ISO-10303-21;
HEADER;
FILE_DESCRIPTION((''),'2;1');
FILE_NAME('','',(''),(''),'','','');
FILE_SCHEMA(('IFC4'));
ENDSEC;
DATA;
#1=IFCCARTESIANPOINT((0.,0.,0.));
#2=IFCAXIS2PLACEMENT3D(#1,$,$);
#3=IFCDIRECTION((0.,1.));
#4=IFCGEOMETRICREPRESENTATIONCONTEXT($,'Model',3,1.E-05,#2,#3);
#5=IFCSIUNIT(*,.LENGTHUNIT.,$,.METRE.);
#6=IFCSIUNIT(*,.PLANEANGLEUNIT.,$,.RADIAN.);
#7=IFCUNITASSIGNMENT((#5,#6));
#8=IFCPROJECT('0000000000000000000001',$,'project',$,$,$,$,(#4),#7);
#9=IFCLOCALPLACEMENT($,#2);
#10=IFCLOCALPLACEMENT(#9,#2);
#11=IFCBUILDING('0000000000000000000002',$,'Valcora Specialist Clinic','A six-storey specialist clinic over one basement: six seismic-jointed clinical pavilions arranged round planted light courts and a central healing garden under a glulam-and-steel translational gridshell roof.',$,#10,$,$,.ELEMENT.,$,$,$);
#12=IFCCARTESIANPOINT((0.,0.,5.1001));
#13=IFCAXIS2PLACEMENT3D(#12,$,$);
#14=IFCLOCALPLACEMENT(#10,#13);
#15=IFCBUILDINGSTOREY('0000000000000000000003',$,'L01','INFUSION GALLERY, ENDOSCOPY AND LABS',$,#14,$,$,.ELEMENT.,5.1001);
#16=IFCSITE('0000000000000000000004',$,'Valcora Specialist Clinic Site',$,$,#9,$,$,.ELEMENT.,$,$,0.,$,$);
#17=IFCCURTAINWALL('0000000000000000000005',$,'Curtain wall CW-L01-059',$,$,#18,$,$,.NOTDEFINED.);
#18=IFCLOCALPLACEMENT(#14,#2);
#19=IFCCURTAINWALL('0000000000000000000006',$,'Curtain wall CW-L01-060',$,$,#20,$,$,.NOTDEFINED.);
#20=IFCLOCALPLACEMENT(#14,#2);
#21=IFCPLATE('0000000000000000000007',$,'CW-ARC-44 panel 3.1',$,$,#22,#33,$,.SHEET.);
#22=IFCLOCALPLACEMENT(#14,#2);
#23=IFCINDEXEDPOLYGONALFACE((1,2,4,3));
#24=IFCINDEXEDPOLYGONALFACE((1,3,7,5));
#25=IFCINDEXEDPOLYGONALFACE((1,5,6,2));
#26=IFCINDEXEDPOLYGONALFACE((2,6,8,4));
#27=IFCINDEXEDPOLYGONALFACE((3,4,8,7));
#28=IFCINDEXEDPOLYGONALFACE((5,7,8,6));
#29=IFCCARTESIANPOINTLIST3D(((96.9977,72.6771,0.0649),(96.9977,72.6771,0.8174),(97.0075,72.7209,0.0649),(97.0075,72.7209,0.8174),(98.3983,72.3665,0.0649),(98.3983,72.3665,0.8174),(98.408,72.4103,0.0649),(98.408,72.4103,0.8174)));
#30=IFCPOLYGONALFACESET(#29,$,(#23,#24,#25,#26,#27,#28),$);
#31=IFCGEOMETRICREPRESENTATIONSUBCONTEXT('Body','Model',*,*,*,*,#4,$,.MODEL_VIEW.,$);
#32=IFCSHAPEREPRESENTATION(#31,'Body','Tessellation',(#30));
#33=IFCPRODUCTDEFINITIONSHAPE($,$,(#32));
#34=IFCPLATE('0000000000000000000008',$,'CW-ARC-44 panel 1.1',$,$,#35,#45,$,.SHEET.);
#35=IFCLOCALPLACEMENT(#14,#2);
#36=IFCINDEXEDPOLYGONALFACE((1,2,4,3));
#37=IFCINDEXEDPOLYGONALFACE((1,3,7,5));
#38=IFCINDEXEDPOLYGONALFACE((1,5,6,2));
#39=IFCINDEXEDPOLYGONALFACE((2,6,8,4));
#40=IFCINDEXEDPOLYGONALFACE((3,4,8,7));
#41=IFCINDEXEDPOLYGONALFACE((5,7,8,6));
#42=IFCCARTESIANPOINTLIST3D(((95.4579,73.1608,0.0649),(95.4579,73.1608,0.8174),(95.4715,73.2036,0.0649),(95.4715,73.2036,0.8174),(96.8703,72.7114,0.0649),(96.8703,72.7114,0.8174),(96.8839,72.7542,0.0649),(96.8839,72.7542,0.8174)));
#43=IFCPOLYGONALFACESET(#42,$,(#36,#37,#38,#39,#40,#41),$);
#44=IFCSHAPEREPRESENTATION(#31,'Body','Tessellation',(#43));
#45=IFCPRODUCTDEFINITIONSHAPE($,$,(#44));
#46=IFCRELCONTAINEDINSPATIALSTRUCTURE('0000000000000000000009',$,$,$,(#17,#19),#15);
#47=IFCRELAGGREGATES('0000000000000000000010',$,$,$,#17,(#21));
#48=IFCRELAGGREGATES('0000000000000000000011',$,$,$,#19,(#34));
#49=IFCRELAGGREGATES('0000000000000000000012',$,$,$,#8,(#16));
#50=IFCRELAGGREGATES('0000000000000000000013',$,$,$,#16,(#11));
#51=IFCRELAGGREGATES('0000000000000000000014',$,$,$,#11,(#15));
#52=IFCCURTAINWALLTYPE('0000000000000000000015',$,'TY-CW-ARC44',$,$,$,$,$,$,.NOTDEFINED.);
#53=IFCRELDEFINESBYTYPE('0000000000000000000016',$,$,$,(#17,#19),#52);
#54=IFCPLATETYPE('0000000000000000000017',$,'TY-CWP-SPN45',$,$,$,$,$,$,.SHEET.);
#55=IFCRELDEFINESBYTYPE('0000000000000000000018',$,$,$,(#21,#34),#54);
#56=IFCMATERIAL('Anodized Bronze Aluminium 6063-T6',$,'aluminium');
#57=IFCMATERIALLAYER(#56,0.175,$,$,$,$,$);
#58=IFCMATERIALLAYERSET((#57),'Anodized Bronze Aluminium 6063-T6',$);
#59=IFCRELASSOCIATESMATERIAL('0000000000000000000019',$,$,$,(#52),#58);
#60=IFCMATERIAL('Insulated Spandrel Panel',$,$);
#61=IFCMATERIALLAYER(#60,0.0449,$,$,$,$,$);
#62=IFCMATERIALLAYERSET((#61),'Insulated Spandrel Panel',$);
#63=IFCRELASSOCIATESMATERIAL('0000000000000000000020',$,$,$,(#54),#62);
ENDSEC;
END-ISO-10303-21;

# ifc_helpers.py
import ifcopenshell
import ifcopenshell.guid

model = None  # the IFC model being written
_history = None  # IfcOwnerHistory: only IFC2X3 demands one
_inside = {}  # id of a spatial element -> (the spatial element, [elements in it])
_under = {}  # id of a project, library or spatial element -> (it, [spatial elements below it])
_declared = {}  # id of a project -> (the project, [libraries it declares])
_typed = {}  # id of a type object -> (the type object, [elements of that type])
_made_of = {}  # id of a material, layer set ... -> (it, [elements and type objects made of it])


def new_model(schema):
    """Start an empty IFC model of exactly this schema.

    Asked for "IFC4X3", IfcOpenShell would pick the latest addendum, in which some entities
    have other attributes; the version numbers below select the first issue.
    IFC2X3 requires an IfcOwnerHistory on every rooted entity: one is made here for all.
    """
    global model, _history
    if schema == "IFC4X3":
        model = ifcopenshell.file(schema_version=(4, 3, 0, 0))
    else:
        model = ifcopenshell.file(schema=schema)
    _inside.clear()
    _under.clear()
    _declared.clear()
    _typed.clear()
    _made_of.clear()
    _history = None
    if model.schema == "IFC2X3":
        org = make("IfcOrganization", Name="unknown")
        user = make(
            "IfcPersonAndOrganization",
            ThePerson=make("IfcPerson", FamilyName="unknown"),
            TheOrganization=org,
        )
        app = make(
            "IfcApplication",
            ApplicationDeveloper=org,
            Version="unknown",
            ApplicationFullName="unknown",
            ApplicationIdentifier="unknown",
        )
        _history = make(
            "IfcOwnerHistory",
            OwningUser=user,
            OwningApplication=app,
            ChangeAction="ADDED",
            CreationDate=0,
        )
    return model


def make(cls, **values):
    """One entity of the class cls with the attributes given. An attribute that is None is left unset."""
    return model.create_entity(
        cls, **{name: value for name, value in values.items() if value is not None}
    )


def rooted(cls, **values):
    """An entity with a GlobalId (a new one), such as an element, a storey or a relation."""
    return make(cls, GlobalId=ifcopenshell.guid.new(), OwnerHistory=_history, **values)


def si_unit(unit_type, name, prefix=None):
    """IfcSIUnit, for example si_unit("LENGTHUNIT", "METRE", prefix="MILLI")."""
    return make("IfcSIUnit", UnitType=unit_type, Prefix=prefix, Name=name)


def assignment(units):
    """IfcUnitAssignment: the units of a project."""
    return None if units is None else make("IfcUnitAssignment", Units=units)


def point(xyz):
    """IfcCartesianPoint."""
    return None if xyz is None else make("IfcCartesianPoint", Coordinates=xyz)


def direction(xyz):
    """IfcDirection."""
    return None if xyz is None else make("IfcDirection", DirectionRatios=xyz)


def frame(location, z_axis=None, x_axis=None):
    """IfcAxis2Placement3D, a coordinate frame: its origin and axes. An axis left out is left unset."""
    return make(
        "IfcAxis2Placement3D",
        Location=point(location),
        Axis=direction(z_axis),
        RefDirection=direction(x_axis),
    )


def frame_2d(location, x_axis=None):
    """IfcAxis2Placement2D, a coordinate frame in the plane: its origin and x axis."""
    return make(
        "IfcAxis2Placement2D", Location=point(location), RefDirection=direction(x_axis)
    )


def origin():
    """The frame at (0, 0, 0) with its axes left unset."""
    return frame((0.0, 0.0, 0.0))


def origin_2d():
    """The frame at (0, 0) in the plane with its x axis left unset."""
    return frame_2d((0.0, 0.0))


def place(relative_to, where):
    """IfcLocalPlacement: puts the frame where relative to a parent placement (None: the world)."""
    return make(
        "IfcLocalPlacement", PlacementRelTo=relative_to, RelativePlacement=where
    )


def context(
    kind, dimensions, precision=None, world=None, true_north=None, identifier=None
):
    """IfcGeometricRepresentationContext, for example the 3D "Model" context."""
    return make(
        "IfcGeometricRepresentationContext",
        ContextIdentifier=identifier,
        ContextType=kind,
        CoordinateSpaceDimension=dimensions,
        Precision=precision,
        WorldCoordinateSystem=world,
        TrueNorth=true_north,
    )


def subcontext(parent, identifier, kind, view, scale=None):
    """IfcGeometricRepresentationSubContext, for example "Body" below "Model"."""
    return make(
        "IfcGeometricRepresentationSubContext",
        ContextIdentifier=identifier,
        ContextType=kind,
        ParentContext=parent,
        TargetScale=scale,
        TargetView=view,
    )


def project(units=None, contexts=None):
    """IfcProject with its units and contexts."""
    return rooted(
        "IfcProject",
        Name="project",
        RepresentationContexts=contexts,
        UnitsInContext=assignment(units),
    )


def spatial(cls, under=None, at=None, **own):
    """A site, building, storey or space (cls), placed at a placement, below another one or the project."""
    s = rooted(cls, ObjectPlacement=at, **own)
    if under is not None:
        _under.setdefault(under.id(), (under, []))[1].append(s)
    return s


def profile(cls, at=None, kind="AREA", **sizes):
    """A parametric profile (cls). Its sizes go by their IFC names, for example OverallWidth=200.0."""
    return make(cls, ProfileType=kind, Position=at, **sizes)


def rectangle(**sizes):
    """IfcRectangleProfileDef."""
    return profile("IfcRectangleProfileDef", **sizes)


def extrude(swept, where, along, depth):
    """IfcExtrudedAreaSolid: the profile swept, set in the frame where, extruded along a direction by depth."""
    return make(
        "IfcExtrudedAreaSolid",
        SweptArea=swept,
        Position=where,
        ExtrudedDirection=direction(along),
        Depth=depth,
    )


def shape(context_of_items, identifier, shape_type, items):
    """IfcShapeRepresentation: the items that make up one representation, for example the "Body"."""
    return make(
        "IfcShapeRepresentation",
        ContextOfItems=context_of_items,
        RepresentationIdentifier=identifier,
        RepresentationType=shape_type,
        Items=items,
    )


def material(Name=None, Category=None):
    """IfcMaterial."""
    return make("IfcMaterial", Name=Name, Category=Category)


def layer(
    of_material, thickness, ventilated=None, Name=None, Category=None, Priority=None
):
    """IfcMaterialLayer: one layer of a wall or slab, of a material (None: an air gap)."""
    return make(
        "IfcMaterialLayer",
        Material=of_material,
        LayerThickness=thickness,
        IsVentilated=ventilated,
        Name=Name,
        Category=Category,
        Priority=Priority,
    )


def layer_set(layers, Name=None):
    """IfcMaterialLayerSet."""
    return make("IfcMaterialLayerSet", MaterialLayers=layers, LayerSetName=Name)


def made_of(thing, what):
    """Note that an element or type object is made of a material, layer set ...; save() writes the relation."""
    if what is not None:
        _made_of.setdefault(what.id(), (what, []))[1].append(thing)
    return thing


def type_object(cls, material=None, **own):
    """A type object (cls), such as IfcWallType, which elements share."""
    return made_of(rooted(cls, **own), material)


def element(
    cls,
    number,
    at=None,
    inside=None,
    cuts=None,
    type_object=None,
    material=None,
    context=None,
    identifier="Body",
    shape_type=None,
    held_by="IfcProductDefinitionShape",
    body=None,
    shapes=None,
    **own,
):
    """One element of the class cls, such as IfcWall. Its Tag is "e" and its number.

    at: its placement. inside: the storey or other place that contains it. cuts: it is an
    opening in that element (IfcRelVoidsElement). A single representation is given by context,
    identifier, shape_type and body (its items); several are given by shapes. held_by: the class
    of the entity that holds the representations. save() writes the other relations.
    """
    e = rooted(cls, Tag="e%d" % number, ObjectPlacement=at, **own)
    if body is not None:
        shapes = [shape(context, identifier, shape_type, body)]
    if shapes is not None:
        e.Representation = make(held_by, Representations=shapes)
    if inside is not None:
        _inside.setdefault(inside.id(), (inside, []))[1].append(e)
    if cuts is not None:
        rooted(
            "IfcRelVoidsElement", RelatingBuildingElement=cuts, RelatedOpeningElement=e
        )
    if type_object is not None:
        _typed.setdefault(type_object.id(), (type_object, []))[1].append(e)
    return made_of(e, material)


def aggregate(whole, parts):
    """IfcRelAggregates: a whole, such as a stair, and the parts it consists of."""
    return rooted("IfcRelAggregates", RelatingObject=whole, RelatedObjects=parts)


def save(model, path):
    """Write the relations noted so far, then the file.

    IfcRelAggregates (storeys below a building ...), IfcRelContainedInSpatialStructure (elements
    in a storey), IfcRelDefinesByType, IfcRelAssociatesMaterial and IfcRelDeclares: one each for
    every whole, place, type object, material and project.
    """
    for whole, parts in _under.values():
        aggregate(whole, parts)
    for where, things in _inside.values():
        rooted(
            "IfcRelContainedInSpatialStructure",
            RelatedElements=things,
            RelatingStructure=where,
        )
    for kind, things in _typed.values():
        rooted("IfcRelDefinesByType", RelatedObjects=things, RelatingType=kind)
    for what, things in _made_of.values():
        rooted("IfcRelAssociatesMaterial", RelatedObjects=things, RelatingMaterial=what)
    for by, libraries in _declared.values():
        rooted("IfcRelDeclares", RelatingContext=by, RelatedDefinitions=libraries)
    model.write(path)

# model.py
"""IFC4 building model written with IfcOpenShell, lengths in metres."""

from ifc_helpers import new_model, si_unit, direction, frame, origin, origin_2d, place, context, subcontext, project, spatial, rectangle, extrude, material, layer, layer_set, type_object, element, aggregate, save


model = new_model("IFC4")

# Units and contexts
model_context = context("Model", 3, precision=1e-05, world=origin(), true_north=direction((0.0, 1.0)))
body_context = subcontext(model_context, "Body", "Model", "MODEL_VIEW")
ifc_project = project(units=[si_unit("LENGTHUNIT", "METRE"), si_unit("PLANEANGLEUNIT", "RADIAN")], contexts=[model_context])

# Site, building, storey
site_placement = place(None, origin())
site = spatial("IfcSite", under=ifc_project, at=site_placement, Name="Valcora Specialist Clinic Site", CompositionType="ELEMENT", RefElevation=0.0)
building_placement = place(site_placement, origin())
building = spatial("IfcBuilding", under=site, at=building_placement, Name="Valcora Specialist Clinic", Description="A six-storey specialist clinic over one basement: six seismic-jointed clinical pavilions arranged round planted light courts and a central healing garden under a glulam-and-steel translational gridshell roof.", CompositionType="ELEMENT")
storey_placement = place(building_placement, frame((0.0, 0.0, 5.1001)))
storey = spatial("IfcBuildingStorey", under=building, at=storey_placement, Name="L01", Description="INFUSION GALLERY, ENDOSCOPY AND LABS", CompositionType="ELEMENT", Elevation=5.1001)

# Curtain wall
ifc_material_1 = material(Name="Anodized Bronze Aluminium 6063-T6", Category="aluminium")
ifc_layer_1 = layer(ifc_material_1, 0.175)
ifc_layer_set_1 = layer_set([ifc_layer_1], Name="Anodized Bronze Aluminium 6063-T6")
curtain_wall_type = type_object("IfcCurtainWallType", Name="TY-CW-ARC44", PredefinedType="NOTDEFINED", material=ifc_layer_set_1)
curtain_wall_1_placement = place(storey_placement, origin())
curtain_wall_1 = element("IfcCurtainWall", 1, at=curtain_wall_1_placement, inside=storey, type_object=curtain_wall_type, Name="Curtain wall CW-L01-059", PredefinedType="NOTDEFINED")

# Curtain wall
curtain_wall_2_placement = place(storey_placement, origin())
curtain_wall_2 = element("IfcCurtainWall", 2, at=curtain_wall_2_placement, inside=storey, type_object=curtain_wall_type, Name="Curtain wall CW-L01-060", PredefinedType="NOTDEFINED")

# Plates
ifc_material_2 = material(Name="Insulated Spandrel Panel")
ifc_layer_2 = layer(ifc_material_2, 0.0449)
ifc_layer_set_2 = layer_set([ifc_layer_2], Name="Insulated Spandrel Panel")
plate_type_1 = type_object("IfcPlateType", Name="TY-CWP-SPN45", PredefinedType="SHEET", material=ifc_layer_set_2)
plate_1_placement = place(storey_placement, frame((97.7029, 72.5437, 0.0649), z_axis=(0.0, 0.0, 1.0), x_axis=(-0.976279, 0.216518, 0.0)))
plate_1 = element("IfcPlate", 3, at=plate_1_placement, type_object=plate_type_1, Name="CW-ARC-44 panel 3.1", PredefinedType="SHEET", context=body_context, shape_type="SweptSolid", body=[
    extrude(rectangle(XDim=1.4346, YDim=0.0449, at=origin_2d()), origin(), (0.0, 0.0, 1.0), 0.7524),
])
aggregate(curtain_wall_1, [plate_1])
plate_2_placement = place(storey_placement, frame((96.1709, 72.9575, 0.0649), z_axis=(0.0, 0.0, 1.0), x_axis=(-0.952916, 0.303233, 0.0)))
plate_2 = element("IfcPlate", 4, at=plate_2_placement, type_object=plate_type_1, Name="CW-ARC-44 panel 1.1", PredefinedType="SHEET", context=body_context, shape_type="SweptSolid", body=[
    extrude(rectangle(XDim=1.4822, YDim=0.0449, at=origin_2d()), origin(), (0.0, 0.0, 1.0), 0.7524),
])
aggregate(curtain_wall_2, [plate_2])

save(model, "model.ifc")
